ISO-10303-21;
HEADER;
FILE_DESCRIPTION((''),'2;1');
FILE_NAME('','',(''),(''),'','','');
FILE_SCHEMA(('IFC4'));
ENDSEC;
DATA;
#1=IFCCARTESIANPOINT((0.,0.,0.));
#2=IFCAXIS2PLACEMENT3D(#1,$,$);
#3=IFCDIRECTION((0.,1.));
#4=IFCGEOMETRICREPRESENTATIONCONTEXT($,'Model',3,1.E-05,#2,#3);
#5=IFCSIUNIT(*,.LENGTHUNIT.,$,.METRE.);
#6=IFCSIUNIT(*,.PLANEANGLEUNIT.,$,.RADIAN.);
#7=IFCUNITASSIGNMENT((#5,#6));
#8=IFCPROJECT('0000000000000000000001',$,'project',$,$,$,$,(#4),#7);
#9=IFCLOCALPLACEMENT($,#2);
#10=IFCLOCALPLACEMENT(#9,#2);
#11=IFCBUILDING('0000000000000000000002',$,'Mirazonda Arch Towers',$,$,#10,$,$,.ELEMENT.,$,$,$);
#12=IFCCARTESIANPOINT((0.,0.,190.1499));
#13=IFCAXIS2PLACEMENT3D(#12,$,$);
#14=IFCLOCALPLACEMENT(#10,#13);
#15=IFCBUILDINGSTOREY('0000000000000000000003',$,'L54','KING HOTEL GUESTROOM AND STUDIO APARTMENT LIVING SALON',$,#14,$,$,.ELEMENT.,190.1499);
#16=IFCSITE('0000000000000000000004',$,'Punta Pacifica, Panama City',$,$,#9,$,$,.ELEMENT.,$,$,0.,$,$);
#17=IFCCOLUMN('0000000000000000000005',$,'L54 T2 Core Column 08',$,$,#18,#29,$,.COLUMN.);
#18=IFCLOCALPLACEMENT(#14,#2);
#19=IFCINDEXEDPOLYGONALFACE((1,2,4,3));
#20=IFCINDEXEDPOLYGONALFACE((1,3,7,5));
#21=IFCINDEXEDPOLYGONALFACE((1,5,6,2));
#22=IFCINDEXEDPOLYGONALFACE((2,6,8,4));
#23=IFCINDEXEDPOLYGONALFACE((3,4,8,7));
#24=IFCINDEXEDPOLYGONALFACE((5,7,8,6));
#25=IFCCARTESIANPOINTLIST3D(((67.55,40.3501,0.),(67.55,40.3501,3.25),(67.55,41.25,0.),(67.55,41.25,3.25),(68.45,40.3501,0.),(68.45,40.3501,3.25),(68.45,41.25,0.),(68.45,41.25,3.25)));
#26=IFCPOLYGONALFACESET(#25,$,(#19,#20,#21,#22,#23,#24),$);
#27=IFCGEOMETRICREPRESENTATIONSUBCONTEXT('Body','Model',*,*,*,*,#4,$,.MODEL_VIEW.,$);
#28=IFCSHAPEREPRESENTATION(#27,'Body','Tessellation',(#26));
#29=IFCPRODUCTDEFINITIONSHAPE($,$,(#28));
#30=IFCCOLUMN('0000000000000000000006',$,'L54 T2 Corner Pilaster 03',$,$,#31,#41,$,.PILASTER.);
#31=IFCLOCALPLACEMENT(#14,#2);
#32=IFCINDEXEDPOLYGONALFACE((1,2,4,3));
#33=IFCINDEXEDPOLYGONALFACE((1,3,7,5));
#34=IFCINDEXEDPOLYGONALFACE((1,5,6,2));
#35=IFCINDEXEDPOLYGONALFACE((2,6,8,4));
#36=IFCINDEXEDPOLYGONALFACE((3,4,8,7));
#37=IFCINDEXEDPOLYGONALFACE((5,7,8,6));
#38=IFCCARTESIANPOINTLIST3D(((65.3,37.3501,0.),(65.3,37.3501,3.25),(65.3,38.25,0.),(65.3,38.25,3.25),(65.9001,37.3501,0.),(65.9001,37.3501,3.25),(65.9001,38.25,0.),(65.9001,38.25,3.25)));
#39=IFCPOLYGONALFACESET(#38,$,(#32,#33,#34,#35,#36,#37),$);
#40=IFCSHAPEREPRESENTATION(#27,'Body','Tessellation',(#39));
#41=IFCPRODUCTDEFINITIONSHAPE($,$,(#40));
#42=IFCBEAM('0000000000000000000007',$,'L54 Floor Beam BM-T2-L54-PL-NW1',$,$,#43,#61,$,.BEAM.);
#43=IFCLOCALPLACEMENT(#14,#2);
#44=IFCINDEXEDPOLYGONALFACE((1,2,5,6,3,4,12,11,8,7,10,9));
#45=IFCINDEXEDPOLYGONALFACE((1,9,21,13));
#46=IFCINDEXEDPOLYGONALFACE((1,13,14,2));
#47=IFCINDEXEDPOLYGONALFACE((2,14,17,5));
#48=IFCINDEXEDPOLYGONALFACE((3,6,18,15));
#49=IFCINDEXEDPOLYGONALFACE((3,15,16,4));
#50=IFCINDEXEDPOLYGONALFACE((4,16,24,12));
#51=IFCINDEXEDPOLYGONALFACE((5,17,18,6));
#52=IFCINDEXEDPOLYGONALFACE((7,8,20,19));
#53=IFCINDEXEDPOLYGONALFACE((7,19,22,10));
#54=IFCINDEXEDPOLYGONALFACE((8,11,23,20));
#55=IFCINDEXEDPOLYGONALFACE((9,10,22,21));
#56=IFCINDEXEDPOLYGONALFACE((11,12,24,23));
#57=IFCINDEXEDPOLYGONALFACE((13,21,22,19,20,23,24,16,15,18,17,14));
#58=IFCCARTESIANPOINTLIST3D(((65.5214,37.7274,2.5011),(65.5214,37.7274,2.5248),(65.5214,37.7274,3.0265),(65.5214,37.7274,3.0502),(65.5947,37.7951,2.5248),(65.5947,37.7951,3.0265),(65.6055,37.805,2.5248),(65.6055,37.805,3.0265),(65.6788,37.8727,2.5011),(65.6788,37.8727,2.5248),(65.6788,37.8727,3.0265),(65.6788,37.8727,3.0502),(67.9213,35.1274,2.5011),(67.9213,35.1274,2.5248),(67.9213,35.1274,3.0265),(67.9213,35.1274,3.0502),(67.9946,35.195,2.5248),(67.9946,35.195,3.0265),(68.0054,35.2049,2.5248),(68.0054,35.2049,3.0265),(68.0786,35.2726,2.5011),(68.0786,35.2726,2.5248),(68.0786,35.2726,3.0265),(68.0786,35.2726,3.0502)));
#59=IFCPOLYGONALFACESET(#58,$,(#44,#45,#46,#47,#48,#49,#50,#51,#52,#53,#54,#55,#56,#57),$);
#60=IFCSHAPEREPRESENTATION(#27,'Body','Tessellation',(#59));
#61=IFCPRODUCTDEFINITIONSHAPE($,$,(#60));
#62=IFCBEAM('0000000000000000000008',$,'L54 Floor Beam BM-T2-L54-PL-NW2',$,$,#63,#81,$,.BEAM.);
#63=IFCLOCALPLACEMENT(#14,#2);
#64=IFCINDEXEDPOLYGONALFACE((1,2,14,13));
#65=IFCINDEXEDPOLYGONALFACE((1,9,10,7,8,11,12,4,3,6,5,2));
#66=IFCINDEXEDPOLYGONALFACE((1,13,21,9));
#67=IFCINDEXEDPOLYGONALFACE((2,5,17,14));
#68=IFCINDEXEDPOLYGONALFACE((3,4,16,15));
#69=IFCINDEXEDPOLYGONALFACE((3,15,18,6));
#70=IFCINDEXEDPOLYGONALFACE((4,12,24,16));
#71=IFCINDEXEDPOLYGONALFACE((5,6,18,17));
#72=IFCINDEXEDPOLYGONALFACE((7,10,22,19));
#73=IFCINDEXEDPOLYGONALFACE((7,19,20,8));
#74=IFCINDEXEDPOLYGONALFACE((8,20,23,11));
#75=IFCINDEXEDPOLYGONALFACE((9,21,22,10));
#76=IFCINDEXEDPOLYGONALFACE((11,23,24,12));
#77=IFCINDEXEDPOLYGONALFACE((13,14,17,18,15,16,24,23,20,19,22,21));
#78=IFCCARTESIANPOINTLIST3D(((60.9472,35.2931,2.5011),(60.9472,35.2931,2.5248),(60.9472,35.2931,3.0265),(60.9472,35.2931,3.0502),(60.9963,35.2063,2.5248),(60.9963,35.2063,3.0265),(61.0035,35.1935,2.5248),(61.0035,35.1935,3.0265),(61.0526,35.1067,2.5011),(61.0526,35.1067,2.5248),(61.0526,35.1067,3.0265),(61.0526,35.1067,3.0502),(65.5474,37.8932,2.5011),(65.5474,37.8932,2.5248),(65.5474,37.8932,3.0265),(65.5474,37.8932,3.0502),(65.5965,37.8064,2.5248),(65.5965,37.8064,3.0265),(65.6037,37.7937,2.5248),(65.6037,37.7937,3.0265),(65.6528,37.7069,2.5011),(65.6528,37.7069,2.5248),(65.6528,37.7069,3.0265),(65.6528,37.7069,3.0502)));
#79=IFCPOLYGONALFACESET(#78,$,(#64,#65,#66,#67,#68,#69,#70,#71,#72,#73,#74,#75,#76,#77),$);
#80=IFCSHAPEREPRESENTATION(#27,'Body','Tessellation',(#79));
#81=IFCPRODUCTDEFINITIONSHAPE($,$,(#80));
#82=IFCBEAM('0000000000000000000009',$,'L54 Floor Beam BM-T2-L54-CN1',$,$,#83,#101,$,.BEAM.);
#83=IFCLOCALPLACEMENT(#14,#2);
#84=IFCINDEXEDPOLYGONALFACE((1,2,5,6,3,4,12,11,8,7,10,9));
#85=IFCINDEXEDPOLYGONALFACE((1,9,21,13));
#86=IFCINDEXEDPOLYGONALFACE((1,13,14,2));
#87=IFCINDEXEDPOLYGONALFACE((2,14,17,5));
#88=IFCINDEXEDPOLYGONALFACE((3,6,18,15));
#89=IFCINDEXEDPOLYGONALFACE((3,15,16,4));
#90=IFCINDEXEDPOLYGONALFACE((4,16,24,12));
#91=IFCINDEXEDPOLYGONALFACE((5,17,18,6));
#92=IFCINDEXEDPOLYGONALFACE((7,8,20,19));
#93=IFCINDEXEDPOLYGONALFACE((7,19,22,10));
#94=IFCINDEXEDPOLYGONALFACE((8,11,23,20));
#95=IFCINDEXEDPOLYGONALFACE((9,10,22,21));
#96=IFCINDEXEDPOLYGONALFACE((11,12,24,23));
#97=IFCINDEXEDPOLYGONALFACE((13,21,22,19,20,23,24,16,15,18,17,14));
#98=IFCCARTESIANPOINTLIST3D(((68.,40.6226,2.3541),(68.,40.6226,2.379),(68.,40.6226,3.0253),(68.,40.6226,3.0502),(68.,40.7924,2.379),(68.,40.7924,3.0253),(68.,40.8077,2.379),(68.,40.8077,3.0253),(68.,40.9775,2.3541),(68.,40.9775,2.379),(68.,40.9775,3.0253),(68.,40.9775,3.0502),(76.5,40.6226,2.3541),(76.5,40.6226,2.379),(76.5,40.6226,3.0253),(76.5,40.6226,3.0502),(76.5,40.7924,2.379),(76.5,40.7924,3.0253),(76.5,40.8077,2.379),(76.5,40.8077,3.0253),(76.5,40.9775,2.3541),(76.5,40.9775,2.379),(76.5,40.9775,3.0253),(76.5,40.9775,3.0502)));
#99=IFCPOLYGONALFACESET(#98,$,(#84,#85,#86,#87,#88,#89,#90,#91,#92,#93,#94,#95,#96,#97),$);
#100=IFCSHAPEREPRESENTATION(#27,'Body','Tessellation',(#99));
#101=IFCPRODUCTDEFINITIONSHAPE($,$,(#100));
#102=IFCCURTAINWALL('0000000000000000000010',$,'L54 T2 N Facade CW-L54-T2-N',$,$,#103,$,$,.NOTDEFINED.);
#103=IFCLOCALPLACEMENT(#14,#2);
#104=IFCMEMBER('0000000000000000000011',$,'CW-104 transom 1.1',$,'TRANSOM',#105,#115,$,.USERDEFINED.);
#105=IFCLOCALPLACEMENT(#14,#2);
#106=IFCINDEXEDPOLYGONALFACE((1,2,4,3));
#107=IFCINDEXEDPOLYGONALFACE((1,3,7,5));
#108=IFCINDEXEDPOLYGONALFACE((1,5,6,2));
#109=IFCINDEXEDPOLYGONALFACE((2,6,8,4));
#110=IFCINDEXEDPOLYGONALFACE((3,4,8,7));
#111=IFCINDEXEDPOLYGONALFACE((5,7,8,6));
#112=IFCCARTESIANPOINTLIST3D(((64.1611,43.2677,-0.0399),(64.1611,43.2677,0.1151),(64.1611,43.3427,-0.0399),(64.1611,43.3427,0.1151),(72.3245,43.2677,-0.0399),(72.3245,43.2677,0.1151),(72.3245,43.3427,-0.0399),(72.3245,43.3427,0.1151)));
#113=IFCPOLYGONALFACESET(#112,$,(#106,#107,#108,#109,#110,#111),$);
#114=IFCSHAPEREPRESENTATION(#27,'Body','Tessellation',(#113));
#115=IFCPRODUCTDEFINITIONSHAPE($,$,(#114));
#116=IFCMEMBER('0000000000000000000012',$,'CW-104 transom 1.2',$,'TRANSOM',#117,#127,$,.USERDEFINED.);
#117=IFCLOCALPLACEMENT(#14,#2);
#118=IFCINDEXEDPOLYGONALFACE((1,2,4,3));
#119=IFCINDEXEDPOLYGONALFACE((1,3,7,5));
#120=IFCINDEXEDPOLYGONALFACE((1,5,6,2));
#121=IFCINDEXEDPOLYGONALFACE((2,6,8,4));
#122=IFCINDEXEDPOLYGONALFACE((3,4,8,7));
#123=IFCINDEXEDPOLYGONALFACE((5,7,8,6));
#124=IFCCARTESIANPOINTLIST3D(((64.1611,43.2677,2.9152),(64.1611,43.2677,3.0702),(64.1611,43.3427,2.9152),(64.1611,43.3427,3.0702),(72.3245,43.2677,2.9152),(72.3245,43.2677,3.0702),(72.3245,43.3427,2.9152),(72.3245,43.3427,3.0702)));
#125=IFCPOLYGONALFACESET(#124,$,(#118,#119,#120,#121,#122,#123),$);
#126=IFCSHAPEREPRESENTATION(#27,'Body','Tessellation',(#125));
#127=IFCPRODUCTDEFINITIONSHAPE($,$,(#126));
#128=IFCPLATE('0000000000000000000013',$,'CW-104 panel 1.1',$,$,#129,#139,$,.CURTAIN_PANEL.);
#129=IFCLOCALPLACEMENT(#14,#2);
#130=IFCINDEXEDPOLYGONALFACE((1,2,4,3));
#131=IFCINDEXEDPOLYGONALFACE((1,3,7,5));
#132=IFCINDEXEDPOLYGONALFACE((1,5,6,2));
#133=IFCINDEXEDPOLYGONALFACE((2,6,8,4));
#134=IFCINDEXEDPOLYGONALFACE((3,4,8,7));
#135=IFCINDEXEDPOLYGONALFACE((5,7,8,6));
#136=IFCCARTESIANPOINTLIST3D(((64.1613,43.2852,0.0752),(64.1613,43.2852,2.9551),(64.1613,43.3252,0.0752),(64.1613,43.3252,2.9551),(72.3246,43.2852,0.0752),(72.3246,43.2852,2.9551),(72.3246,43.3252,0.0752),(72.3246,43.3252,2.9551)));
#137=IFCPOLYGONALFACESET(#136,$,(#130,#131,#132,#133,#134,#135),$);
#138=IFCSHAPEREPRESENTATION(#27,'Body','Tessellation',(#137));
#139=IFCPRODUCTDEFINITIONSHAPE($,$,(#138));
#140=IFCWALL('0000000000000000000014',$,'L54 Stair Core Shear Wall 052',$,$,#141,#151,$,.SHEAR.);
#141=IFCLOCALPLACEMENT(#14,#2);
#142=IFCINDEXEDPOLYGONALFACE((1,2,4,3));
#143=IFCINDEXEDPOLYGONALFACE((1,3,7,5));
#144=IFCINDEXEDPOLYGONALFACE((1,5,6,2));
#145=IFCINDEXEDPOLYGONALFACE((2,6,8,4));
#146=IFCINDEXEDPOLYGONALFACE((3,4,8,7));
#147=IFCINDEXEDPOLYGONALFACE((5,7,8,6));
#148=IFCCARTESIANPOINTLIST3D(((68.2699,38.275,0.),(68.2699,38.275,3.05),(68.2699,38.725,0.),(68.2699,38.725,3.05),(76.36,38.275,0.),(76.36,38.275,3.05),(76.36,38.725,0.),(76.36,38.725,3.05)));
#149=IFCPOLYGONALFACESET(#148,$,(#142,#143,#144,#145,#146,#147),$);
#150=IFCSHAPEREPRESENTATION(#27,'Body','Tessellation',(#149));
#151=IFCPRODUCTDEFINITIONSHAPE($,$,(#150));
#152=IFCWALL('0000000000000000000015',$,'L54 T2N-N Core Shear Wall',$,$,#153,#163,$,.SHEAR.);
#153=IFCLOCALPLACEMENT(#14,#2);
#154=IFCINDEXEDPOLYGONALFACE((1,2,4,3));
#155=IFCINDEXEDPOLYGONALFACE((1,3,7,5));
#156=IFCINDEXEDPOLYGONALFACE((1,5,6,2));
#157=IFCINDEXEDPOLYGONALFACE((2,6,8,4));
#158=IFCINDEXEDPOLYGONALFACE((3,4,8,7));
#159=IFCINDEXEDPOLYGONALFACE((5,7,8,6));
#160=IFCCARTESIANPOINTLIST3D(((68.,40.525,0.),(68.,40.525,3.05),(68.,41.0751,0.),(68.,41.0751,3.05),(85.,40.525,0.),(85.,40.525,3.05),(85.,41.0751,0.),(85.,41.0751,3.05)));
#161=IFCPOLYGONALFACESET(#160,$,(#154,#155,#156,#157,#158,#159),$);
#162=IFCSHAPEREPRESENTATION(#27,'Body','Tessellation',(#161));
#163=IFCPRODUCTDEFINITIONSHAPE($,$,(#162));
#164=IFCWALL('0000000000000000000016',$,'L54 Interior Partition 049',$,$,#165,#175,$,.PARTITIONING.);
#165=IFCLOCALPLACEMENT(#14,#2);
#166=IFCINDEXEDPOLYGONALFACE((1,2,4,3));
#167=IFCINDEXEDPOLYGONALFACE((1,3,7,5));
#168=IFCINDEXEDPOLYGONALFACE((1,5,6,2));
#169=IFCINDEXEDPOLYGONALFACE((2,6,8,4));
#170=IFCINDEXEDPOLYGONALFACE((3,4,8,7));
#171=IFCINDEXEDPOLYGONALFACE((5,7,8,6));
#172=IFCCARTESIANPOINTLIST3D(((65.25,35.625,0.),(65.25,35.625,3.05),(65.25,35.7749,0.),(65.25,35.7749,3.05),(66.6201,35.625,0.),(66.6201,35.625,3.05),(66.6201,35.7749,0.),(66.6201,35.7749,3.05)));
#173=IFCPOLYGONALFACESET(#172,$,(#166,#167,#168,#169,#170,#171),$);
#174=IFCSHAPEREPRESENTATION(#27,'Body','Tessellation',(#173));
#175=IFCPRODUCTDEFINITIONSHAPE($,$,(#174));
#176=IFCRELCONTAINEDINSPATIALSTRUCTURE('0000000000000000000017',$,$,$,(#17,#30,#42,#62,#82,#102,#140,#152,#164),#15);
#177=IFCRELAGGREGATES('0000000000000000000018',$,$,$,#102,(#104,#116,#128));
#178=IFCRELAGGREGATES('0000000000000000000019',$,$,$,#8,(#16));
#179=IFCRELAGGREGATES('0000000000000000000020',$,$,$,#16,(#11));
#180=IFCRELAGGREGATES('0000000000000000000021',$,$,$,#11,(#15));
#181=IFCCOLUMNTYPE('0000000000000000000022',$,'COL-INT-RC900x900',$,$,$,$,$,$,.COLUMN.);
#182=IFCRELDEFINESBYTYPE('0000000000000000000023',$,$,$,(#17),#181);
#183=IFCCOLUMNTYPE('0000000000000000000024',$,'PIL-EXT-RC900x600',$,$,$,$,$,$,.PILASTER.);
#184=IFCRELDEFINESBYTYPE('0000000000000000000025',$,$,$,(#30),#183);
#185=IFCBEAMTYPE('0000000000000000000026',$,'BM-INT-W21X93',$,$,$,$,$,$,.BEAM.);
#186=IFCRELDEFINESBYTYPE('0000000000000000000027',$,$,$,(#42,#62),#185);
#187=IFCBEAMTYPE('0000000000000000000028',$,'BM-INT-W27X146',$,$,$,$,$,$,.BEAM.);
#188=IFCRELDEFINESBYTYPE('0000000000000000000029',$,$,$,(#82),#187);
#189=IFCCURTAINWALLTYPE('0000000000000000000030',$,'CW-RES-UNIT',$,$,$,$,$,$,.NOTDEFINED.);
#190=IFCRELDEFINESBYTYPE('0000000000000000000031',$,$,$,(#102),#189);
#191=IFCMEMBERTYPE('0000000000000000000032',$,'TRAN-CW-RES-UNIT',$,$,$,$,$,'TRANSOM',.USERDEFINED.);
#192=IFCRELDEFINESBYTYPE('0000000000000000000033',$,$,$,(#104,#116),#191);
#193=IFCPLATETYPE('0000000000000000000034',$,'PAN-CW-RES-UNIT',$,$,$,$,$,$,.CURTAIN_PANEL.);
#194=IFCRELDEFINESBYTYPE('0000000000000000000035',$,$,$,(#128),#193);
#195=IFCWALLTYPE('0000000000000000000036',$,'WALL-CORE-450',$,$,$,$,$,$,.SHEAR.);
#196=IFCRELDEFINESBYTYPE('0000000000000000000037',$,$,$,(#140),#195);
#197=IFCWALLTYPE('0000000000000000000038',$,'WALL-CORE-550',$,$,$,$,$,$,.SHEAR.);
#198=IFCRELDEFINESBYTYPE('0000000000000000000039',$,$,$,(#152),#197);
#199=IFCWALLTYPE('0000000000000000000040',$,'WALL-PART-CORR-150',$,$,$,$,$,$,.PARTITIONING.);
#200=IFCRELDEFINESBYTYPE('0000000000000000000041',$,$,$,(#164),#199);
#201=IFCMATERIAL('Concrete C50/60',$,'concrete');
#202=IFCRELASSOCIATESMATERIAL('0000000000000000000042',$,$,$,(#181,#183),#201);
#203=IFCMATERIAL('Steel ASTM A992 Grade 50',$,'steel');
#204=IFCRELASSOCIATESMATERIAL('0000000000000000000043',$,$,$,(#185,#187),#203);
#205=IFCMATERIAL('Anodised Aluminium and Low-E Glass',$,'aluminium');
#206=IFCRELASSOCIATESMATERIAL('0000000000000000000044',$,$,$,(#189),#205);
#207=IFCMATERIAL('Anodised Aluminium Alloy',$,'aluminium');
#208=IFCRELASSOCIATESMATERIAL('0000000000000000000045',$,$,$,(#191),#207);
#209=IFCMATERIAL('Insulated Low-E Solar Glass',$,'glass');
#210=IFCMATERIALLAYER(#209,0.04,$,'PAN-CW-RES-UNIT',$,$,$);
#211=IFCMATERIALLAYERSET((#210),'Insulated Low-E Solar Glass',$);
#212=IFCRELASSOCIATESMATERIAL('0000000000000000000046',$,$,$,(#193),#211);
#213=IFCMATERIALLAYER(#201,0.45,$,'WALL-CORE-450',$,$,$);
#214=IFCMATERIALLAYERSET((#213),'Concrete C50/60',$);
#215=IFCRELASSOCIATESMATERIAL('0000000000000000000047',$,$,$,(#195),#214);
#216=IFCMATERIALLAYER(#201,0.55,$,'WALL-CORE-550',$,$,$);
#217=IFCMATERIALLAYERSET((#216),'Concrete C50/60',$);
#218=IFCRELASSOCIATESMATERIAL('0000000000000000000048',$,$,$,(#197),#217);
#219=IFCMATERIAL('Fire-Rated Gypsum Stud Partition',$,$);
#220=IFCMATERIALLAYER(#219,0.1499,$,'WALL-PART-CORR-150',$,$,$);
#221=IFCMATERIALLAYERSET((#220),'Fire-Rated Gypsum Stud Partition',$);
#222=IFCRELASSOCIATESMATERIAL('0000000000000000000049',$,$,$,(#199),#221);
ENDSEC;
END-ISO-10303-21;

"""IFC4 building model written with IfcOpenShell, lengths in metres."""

from ifc_helpers import new_model, si_unit, direction, frame, frame_2d, origin, origin_2d, place, context, subcontext, project, spatial, rectangle, i_section, extrude, material, layer, layer_set, material_profile, profile_set, type_object, element, aggregate, save


model = new_model("IFC4")

# Units and contexts
model_context = context("Model", 3, precision=1e-05, world=origin(), true_north=direction((0.0, 1.0)))
body_context = subcontext(model_context, "Body", "Model", "MODEL_VIEW")
ifc_project = project(units=[si_unit("LENGTHUNIT", "METRE"), si_unit("PLANEANGLEUNIT", "RADIAN")], contexts=[model_context])

# Site, building, storey
site_placement = place(None, origin())
site = spatial("IfcSite", under=ifc_project, at=site_placement, Name="Punta Pacifica, Panama City", CompositionType="ELEMENT", RefElevation=0.0)
building_placement = place(site_placement, origin())
building = spatial("IfcBuilding", under=site, at=building_placement, Name="Mirazonda Arch Towers", CompositionType="ELEMENT")
storey_placement = place(building_placement, frame((0.0, 0.0, 190.1499)))
storey = spatial("IfcBuildingStorey", under=building, at=storey_placement, Name="L54", Description="KING HOTEL GUESTROOM AND STUDIO APARTMENT LIVING SALON", CompositionType="ELEMENT", Elevation=190.1499)

# Columns
ifc_material_1 = material(Name="Concrete C50/60", Category="concrete")
ifc_material_profile_1 = material_profile(ifc_material_1, rectangle(XDim=0.8999, YDim=0.8999, at=origin_2d()), Name="RC900x900")
ifc_profile_set_1 = profile_set([ifc_material_profile_1], Name="Concrete C50/60")
column_type_1 = type_object("IfcColumnType", Name="COL-INT-RC900x900", PredefinedType="COLUMN", material=ifc_profile_set_1)
column_1_placement = place(storey_placement, frame((68.0, 40.8, 0.0), z_axis=(0.0, 0.0, 1.0), x_axis=(1.0, 0.0, 0.0)))
element("IfcColumn", 1, at=column_1_placement, inside=storey, type_object=column_type_1, Name="L54 T2 Core Column 08", PredefinedType="COLUMN", context=body_context, shape_type="SweptSolid", body=[
    extrude(rectangle(XDim=0.8999, YDim=0.8999, at=origin_2d()), origin(), (0.0, 0.0, 1.0), 3.25),
])
ifc_material_profile_2 = material_profile(ifc_material_1, rectangle(XDim=0.6001, YDim=0.8999, at=origin_2d()), Name="RC900x600")
ifc_profile_set_2 = profile_set([ifc_material_profile_2], Name="Concrete C50/60")
column_type_2 = type_object("IfcColumnType", Name="PIL-EXT-RC900x600", PredefinedType="PILASTER", material=ifc_profile_set_2)
column_2_placement = place(storey_placement, frame((65.6001, 37.8, 0.0), z_axis=(0.0, 0.0, 1.0), x_axis=(1.0, 0.0, 0.0)))
element("IfcColumn", 2, at=column_2_placement, inside=storey, type_object=column_type_2, Name="L54 T2 Corner Pilaster 03", PredefinedType="PILASTER", context=body_context, shape_type="SweptSolid", body=[
    extrude(rectangle(XDim=0.6001, YDim=0.8999, at=origin_2d()), origin(), (0.0, 0.0, 1.0), 3.25),
])

# Beams
ifc_material_2 = material(Name="Steel ASTM A992 Grade 50", Category="steel")
ifc_material_profile_3 = material_profile(ifc_material_2, i_section(OverallWidth=0.2141, OverallDepth=0.5491, WebThickness=0.0146, FlangeThickness=0.0237, at=origin_2d()), Name="W21X93")
ifc_profile_set_3 = profile_set([ifc_material_profile_3], Name="Steel ASTM A992 Grade 50")
beam_type_1 = type_object("IfcBeamType", Name="BM-INT-W21X93", PredefinedType="BEAM", material=ifc_profile_set_3)
beam_1_placement = place(storey_placement, frame((65.6001, 37.8, 2.7756), z_axis=(0.678251, -0.73483, 0.0), x_axis=(0.73483, 0.678251, 0.0)))
element("IfcBeam", 3, at=beam_1_placement, inside=storey, type_object=beam_type_1, Name="L54 Floor Beam BM-T2-L54-PL-NW1", PredefinedType="BEAM", context=body_context, shape_type="SweptSolid", body=[
    extrude(i_section(OverallWidth=0.2141, OverallDepth=0.5491, WebThickness=0.0146, FlangeThickness=0.0237, at=origin_2d()), origin(), (0.0, 0.0, 1.0), 3.5383),
])
beam_2_placement = place(storey_placement, frame((65.6001, 37.8, 2.7756), z_axis=(-0.870559, -0.492063, 0.0), x_axis=(0.492063, -0.870559, 0.0)))
element("IfcBeam", 4, at=beam_2_placement, inside=storey, type_object=beam_type_1, Name="L54 Floor Beam BM-T2-L54-PL-NW2", PredefinedType="BEAM", context=body_context, shape_type="SweptSolid", body=[
    extrude(i_section(OverallWidth=0.2141, OverallDepth=0.5491, WebThickness=0.0146, FlangeThickness=0.0237, at=origin_2d()), origin(), (0.0, 0.0, 1.0), 5.2842),
])
ifc_material_profile_4 = material_profile(ifc_material_2, i_section(OverallWidth=0.355, OverallDepth=0.696, WebThickness=0.0154, FlangeThickness=0.0249, at=origin_2d()), Name="W27X146")
ifc_profile_set_4 = profile_set([ifc_material_profile_4], Name="Steel ASTM A992 Grade 50")
beam_type_2 = type_object("IfcBeamType", Name="BM-INT-W27X146", PredefinedType="BEAM", material=ifc_profile_set_4)
beam_3_placement = place(storey_placement, frame((68.0, 40.8, 2.7021), z_axis=(1.0, 0.0, 0.0), x_axis=(0.0, 1.0, 0.0)))
element("IfcBeam", 5, at=beam_3_placement, inside=storey, type_object=beam_type_2, Name="L54 Floor Beam BM-T2-L54-CN1", PredefinedType="BEAM", context=body_context, shape_type="SweptSolid", body=[
    extrude(i_section(OverallWidth=0.355, OverallDepth=0.696, WebThickness=0.0154, FlangeThickness=0.0249, at=origin_2d()), origin(), (0.0, 0.0, 1.0), 8.5),
])

# Curtain wall, members, plate
ifc_material_3 = material(Name="Anodised Aluminium and Low-E Glass", Category="aluminium")
curtain_wall_type = type_object("IfcCurtainWallType", Name="CW-RES-UNIT", PredefinedType="NOTDEFINED", material=ifc_material_3)
curtain_wall_placement = place(storey_placement, origin())
curtain_wall = element("IfcCurtainWall", 6, at=curtain_wall_placement, inside=storey, type_object=curtain_wall_type, Name="L54 T2 N Facade CW-L54-T2-N", PredefinedType="NOTDEFINED")
ifc_material_4 = material(Name="Anodised Aluminium Alloy", Category="aluminium")
ifc_material_profile_5 = material_profile(ifc_material_4, rectangle(XDim=0.075, YDim=0.155, at=origin_2d()), Name="ALU-TRAN-75x155")
ifc_profile_set_5 = profile_set([ifc_material_profile_5], Name="Anodised Aluminium Alloy")
member_type = type_object("IfcMemberType", Name="TRAN-CW-RES-UNIT", ElementType="TRANSOM", PredefinedType="USERDEFINED", material=ifc_profile_set_5)
member_1_placement = place(storey_placement, frame((64.1611, 43.3052, 0.0376), z_axis=(1.0, 0.0, 0.0), x_axis=(0.0, 1.0, 0.0)))
member_1 = element("IfcMember", 7, at=member_1_placement, type_object=member_type, Name="CW-104 transom 1.1", ObjectType="TRANSOM", PredefinedType="USERDEFINED", context=body_context, shape_type="SweptSolid", body=[
    extrude(rectangle(XDim=0.075, YDim=0.155, at=origin_2d()), origin(), (0.0, 0.0, 1.0), 8.1633),
])
member_2_placement = place(storey_placement, frame((64.1611, 43.3052, 2.9927), z_axis=(1.0, 0.0, 0.0), x_axis=(0.0, 1.0, 0.0)))
member_2 = element("IfcMember", 8, at=member_2_placement, type_object=member_type, Name="CW-104 transom 1.2", ObjectType="TRANSOM", PredefinedType="USERDEFINED", context=body_context, shape_type="SweptSolid", body=[
    extrude(rectangle(XDim=0.075, YDim=0.155, at=origin_2d()), origin(), (0.0, 0.0, 1.0), 8.1633),
])
ifc_material_5 = material(Name="Insulated Low-E Solar Glass", Category="glass")
ifc_layer_1 = layer(ifc_material_5, 0.04, Name="PAN-CW-RES-UNIT")
ifc_layer_set_1 = layer_set([ifc_layer_1], Name="Insulated Low-E Solar Glass")
plate_type = type_object("IfcPlateType", Name="PAN-CW-RES-UNIT", PredefinedType="CURTAIN_PANEL", material=ifc_layer_set_1)
plate_placement = place(storey_placement, frame((68.2429, 43.3052, 0.0752), z_axis=(0.0, 0.0, 1.0), x_axis=(1.0, 0.0, 0.0)))
plate = element("IfcPlate", 9, at=plate_placement, type_object=plate_type, Name="CW-104 panel 1.1", PredefinedType="CURTAIN_PANEL", context=body_context, shape_type="SweptSolid", body=[
    extrude(rectangle(XDim=8.1633, YDim=0.04, at=origin_2d()), origin(), (0.0, 0.0, 1.0), 2.8799),
])
aggregate(curtain_wall, [member_1, member_2, plate])

# Walls
ifc_layer_2 = layer(ifc_material_1, 0.45, Name="WALL-CORE-450")
ifc_layer_set_2 = layer_set([ifc_layer_2], Name="Concrete C50/60")
wall_type_1 = type_object("IfcWallType", Name="WALL-CORE-450", PredefinedType="SHEAR", material=ifc_layer_set_2)
wall_1_placement = place(storey_placement, frame((68.27, 38.5, 0.0), z_axis=(0.0, 0.0, 1.0), x_axis=(1.0, 0.0, 0.0)))
element("IfcWall", 10, at=wall_1_placement, inside=storey, type_object=wall_type_1, Name="L54 Stair Core Shear Wall 052", PredefinedType="SHEAR", context=body_context, shape_type="SweptSolid", body=[
    extrude(rectangle(XDim=8.0901, YDim=0.45, at=frame_2d((4.0449, 0.0))), origin(), (0.0, 0.0, 1.0), 3.05),
])
ifc_layer_3 = layer(ifc_material_1, 0.55, Name="WALL-CORE-550")
ifc_layer_set_3 = layer_set([ifc_layer_3], Name="Concrete C50/60")
wall_type_2 = type_object("IfcWallType", Name="WALL-CORE-550", PredefinedType="SHEAR", material=ifc_layer_set_3)
wall_2_placement = place(storey_placement, frame((68.0, 40.8, 0.0), z_axis=(0.0, 0.0, 1.0), x_axis=(1.0, 0.0, 0.0)))
element("IfcWall", 11, at=wall_2_placement, inside=storey, type_object=wall_type_2, Name="L54 T2N-N Core Shear Wall", PredefinedType="SHEAR", context=body_context, shape_type="SweptSolid", body=[
    extrude(rectangle(XDim=17.0, YDim=0.55, at=frame_2d((8.5, 0.0))), origin(), (0.0, 0.0, 1.0), 3.05),
])
ifc_material_6 = material(Name="Fire-Rated Gypsum Stud Partition")
ifc_layer_4 = layer(ifc_material_6, 0.1499, Name="WALL-PART-CORR-150")
ifc_layer_set_4 = layer_set([ifc_layer_4], Name="Fire-Rated Gypsum Stud Partition")
wall_type_3 = type_object("IfcWallType", Name="WALL-PART-CORR-150", PredefinedType="PARTITIONING", material=ifc_layer_set_4)
wall_3_placement = place(storey_placement, frame((65.25, 35.7, 0.0), z_axis=(0.0, 0.0, 1.0), x_axis=(1.0, 0.0, 0.0)))
element("IfcWall", 12, at=wall_3_placement, inside=storey, type_object=wall_type_3, Name="L54 Interior Partition 049", PredefinedType="PARTITIONING", context=body_context, shape_type="SweptSolid", body=[
    extrude(rectangle(XDim=1.3701, YDim=0.1499, at=frame_2d((0.6851, 0.0))), origin(), (0.0, 0.0, 1.0), 3.05),
])

save(model, "model.ifc")
